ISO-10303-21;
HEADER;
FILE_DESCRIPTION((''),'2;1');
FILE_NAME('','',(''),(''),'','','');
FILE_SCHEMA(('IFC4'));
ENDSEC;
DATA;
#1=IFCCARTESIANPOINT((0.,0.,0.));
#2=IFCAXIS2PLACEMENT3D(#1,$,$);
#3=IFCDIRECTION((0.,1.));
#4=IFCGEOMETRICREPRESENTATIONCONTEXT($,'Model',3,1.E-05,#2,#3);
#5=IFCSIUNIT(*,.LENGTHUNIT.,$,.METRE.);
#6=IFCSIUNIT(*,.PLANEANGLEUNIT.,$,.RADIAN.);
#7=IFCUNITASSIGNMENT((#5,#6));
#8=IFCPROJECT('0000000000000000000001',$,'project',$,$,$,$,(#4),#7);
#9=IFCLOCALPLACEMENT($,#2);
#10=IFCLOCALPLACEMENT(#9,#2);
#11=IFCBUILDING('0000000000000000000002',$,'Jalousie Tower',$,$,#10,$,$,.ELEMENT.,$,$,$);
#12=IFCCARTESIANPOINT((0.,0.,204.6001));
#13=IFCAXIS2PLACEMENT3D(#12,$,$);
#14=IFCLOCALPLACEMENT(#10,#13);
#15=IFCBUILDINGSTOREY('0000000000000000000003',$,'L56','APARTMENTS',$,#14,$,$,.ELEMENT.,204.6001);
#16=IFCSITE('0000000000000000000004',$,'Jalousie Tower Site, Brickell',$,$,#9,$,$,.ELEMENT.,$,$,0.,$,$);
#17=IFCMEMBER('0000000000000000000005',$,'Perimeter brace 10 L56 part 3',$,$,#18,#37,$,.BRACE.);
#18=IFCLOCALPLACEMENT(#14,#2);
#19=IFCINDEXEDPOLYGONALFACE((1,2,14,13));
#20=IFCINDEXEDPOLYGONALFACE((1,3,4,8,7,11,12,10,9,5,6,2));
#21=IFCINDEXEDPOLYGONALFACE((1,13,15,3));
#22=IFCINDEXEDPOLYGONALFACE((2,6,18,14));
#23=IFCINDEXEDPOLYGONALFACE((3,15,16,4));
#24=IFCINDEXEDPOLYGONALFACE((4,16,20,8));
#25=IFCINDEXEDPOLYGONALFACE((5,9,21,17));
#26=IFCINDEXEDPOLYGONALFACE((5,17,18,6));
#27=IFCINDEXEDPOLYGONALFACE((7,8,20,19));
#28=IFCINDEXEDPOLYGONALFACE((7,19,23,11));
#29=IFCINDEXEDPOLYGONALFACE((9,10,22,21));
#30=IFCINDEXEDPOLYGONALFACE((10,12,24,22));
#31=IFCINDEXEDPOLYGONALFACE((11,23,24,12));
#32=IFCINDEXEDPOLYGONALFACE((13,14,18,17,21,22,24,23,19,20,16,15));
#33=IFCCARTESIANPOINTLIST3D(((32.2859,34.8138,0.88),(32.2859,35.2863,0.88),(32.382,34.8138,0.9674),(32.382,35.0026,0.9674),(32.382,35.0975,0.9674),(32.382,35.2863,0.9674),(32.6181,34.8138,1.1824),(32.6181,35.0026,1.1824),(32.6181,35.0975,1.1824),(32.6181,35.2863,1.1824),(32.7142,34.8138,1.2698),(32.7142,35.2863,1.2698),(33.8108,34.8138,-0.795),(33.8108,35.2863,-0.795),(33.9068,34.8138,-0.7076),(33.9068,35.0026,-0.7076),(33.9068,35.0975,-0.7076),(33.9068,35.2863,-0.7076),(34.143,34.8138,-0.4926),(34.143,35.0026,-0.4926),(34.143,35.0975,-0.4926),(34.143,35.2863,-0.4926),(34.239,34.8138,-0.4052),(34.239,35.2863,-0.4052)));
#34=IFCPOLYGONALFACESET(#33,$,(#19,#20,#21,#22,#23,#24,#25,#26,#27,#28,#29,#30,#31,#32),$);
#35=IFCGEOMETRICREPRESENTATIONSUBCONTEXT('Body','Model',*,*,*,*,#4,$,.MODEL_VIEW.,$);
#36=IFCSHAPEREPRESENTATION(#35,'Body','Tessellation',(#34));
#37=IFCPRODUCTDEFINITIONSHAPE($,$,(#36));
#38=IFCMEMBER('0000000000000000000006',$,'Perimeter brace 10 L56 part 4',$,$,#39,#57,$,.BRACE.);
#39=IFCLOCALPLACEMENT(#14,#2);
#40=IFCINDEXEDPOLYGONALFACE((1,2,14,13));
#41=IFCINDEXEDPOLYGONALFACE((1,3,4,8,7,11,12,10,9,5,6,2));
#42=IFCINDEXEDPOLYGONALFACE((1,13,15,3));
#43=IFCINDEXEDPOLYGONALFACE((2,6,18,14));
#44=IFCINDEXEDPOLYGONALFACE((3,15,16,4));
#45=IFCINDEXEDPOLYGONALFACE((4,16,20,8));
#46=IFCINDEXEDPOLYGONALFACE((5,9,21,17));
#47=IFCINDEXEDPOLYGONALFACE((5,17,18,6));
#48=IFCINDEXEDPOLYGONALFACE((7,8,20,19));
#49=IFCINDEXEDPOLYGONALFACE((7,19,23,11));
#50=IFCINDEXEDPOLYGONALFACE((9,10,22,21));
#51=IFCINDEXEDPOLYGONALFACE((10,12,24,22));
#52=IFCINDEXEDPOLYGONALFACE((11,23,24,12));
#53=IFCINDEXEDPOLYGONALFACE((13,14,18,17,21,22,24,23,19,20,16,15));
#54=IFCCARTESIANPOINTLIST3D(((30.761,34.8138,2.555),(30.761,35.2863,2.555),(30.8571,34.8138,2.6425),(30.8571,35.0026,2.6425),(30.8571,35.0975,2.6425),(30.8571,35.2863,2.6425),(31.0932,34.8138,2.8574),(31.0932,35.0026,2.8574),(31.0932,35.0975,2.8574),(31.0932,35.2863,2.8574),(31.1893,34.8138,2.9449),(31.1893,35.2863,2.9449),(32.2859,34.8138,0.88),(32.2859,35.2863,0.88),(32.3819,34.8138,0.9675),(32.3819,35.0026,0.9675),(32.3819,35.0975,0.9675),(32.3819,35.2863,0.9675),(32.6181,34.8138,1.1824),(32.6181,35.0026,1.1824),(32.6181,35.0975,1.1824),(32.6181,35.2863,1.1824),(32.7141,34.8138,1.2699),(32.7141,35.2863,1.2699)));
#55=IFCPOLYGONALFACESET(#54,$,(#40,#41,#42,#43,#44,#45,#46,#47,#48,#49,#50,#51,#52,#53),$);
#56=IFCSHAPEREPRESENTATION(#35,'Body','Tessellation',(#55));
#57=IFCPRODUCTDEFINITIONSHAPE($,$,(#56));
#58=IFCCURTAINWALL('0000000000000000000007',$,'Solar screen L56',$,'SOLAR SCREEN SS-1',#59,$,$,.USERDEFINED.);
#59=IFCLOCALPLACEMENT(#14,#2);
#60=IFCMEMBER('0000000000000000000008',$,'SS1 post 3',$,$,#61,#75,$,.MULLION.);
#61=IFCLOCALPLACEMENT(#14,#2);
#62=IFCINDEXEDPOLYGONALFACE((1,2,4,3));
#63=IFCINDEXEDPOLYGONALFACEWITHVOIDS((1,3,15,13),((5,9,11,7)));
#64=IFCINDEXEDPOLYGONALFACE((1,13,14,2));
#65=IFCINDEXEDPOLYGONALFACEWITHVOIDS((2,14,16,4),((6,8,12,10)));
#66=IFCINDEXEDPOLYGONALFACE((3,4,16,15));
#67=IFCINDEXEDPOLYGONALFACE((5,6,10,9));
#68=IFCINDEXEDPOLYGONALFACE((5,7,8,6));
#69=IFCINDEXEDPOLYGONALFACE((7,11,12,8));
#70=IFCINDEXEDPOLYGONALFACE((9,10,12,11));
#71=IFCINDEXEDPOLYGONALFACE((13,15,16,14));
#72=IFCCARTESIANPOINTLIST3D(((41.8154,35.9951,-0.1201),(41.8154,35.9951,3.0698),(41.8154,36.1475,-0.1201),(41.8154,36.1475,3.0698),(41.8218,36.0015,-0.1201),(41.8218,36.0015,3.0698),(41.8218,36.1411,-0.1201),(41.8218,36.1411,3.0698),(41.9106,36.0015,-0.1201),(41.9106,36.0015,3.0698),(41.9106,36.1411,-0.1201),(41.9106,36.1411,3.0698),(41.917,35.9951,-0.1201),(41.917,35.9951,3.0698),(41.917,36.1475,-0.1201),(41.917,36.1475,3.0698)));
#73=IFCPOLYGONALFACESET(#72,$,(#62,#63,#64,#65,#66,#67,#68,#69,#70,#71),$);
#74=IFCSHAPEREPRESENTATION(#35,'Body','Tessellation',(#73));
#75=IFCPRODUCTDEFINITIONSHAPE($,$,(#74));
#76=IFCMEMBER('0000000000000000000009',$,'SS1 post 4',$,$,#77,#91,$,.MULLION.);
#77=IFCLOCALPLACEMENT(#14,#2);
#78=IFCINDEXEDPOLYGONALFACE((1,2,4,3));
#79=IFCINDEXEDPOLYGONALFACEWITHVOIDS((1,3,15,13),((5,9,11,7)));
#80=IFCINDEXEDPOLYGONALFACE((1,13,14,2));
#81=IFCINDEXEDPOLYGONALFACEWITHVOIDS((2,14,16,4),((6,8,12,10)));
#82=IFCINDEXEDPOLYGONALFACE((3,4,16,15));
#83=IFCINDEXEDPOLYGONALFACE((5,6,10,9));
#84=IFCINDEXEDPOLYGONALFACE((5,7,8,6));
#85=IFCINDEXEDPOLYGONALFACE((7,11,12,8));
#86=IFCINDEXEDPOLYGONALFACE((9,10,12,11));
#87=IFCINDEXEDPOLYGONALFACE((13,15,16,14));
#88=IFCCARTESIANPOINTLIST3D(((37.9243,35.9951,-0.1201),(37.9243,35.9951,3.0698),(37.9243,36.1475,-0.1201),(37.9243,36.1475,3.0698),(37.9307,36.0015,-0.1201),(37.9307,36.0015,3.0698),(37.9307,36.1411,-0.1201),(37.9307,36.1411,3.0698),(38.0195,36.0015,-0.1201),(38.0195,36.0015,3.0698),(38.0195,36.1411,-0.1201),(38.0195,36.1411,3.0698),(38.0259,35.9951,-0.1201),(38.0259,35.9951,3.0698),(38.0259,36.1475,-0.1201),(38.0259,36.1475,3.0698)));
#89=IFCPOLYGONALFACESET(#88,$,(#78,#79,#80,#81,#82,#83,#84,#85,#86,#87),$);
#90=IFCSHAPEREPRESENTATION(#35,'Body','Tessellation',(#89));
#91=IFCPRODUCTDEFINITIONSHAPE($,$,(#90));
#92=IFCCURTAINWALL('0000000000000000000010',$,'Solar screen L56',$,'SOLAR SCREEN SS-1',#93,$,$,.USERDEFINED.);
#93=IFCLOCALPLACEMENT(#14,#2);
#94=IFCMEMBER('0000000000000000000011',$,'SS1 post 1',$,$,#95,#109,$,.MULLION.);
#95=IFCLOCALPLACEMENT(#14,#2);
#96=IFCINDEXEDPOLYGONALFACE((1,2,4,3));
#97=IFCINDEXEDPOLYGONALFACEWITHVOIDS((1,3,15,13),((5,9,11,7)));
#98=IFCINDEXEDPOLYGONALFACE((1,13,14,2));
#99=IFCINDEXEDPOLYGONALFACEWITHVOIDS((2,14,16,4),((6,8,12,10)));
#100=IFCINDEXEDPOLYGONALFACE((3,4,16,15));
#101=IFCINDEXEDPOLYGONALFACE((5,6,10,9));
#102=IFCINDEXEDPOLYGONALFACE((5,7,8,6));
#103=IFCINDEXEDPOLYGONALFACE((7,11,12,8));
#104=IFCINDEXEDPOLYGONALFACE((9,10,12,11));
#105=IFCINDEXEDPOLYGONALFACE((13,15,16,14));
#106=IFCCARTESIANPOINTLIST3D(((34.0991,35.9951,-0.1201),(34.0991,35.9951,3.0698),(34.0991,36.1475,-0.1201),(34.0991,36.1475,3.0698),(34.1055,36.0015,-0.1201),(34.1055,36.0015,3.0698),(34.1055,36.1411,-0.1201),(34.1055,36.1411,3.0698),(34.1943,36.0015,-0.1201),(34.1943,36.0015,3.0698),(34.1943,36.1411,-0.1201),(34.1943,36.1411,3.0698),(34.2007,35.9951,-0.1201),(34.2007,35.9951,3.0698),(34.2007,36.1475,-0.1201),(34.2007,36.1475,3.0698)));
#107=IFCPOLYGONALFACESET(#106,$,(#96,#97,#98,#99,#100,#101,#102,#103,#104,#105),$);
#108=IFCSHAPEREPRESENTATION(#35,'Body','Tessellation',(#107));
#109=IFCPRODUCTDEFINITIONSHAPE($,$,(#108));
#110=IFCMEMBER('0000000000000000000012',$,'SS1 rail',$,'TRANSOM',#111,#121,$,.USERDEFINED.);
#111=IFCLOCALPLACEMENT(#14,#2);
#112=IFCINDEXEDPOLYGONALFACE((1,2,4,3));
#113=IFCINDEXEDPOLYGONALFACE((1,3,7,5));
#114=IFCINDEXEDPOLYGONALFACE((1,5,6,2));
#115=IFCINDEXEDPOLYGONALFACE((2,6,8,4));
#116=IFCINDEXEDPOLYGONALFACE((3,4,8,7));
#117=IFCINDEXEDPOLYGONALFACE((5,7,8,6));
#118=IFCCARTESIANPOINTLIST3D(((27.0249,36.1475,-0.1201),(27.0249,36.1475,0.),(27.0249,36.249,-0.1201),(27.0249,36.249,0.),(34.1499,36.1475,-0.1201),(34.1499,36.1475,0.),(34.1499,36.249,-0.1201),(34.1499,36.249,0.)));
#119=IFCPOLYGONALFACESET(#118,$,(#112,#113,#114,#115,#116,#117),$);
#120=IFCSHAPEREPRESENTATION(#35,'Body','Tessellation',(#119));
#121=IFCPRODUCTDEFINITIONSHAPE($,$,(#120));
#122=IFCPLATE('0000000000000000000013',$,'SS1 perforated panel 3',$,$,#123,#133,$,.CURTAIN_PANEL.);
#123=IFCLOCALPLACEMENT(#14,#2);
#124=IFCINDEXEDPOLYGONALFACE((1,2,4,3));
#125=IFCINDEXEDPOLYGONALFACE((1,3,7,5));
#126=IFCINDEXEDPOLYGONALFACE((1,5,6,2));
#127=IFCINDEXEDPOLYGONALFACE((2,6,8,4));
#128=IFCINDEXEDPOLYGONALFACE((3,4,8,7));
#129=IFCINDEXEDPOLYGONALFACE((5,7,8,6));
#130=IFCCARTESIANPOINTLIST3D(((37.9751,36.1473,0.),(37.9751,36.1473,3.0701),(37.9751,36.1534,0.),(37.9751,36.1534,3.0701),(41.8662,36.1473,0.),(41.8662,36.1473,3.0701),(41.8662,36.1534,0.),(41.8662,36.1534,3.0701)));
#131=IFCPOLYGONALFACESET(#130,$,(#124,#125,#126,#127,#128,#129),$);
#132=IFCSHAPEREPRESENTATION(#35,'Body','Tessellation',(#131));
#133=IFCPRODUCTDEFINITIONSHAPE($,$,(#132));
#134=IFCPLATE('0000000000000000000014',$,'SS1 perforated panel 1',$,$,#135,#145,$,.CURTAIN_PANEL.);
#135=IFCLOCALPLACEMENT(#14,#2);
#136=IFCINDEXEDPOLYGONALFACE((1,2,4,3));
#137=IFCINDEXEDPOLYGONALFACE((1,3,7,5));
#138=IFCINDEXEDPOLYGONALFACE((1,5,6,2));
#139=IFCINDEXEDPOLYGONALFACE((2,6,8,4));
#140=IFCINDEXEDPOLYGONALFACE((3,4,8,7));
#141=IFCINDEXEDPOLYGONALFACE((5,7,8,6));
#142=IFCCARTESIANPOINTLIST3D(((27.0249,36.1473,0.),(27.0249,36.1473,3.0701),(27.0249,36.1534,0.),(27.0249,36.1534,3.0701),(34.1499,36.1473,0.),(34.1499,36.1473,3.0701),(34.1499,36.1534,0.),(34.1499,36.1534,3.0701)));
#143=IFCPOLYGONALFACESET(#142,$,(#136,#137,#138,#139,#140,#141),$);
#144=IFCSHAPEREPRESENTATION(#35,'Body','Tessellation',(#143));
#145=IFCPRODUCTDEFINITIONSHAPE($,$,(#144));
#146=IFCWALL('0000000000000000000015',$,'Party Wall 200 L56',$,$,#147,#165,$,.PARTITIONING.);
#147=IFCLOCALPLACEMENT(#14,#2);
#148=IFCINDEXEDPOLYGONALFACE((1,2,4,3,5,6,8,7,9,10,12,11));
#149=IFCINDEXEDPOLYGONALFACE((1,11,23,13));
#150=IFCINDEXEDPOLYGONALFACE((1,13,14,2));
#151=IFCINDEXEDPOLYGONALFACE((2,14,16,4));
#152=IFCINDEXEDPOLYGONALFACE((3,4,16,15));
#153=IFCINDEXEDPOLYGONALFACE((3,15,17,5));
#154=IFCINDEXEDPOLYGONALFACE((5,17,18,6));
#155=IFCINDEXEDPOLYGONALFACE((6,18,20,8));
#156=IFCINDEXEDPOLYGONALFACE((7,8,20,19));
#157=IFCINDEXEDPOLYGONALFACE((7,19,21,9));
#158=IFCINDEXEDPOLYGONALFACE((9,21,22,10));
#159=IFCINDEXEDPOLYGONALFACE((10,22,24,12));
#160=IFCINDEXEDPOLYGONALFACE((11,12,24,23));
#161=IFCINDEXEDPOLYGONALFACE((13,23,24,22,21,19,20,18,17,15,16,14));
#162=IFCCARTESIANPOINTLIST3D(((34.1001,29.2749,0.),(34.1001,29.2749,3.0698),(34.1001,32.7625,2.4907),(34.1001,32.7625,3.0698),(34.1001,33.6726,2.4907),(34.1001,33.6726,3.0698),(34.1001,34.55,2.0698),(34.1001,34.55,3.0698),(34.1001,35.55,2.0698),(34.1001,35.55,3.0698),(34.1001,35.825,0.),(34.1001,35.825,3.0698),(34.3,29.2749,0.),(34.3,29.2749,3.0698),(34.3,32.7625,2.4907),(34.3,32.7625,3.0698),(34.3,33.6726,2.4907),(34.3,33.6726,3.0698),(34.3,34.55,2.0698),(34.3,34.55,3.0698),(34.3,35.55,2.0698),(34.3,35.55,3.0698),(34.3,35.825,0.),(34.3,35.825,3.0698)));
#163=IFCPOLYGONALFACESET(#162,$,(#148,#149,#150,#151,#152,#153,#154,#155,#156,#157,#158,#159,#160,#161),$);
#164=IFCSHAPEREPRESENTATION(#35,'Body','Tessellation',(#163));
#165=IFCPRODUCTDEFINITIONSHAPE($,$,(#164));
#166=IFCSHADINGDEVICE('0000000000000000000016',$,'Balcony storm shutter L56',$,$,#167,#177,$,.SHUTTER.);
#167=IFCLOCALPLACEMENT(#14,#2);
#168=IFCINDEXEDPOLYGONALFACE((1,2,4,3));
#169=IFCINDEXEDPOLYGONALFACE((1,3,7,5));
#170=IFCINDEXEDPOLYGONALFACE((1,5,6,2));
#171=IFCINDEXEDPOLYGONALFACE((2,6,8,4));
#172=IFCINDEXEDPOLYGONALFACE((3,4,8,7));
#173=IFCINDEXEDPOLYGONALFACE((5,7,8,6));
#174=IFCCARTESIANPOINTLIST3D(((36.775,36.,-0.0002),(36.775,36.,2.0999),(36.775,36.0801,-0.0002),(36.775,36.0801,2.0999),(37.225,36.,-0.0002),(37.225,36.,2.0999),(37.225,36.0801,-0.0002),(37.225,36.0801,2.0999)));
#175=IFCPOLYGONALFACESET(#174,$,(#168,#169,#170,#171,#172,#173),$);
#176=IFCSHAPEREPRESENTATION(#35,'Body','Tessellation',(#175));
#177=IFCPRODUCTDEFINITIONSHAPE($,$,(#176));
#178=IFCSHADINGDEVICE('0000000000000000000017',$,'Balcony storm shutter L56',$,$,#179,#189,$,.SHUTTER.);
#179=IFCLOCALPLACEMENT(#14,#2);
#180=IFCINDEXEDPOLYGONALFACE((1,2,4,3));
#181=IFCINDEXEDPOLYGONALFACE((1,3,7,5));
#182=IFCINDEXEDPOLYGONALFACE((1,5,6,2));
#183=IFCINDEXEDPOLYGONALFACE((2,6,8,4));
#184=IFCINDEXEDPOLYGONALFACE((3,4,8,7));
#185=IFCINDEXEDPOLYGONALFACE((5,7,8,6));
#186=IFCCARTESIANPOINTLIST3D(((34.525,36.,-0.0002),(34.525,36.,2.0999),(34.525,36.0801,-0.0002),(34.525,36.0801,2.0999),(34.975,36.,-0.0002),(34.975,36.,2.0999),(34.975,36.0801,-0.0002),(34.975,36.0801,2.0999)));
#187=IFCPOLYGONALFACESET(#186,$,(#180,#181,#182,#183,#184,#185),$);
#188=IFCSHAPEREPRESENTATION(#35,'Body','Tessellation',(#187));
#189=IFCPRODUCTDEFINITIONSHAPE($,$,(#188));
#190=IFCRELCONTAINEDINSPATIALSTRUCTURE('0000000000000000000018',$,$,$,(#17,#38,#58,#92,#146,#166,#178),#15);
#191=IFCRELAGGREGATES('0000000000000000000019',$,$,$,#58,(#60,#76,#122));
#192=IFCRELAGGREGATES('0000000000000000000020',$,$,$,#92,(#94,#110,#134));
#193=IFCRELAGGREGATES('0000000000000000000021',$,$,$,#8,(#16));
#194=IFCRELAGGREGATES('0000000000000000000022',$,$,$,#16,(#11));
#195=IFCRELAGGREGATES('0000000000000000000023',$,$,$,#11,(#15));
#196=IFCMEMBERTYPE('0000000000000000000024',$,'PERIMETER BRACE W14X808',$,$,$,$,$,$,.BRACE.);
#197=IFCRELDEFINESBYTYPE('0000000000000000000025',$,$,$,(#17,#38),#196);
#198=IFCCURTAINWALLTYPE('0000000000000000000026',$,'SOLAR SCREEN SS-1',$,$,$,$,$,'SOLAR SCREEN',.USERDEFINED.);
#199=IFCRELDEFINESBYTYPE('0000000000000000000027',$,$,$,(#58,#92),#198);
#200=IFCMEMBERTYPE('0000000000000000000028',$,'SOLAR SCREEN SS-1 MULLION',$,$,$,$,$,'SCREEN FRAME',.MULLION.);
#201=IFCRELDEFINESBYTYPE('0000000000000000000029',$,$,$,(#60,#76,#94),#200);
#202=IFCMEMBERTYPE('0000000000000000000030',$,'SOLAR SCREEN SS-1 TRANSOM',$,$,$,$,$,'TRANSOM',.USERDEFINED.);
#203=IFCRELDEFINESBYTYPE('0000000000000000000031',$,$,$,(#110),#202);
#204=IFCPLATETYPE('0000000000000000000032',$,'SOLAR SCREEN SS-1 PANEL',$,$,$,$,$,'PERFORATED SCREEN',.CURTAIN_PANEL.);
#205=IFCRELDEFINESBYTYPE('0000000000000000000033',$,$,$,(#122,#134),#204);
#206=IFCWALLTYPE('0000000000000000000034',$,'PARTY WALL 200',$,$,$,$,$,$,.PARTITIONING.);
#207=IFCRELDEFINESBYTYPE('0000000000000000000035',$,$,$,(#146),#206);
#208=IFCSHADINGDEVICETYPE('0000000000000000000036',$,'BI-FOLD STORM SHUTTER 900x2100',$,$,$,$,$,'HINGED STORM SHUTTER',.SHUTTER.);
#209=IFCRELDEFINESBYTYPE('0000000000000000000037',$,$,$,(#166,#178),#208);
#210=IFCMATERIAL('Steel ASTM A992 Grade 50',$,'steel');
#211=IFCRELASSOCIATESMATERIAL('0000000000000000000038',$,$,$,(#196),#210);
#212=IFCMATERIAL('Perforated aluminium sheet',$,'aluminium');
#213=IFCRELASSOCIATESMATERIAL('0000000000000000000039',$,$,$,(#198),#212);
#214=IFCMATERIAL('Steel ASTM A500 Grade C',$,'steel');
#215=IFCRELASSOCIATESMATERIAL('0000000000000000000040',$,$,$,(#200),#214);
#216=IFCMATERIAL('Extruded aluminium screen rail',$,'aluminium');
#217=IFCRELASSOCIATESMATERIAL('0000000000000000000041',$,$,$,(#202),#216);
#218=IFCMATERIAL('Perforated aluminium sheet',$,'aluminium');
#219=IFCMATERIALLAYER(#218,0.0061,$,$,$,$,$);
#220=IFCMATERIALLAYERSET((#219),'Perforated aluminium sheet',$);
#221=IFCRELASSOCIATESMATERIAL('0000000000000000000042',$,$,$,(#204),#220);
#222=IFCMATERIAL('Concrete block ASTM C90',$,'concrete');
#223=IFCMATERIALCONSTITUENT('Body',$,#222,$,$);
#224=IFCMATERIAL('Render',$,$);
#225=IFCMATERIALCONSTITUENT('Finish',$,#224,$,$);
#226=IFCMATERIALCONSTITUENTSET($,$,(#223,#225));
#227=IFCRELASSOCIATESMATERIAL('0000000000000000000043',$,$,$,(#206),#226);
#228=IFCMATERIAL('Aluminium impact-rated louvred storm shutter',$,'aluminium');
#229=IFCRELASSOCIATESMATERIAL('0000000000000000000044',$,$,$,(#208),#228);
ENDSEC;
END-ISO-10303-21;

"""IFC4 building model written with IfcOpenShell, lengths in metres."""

from ifc_helpers import new_model, si_unit, direction, frame, origin, origin_2d, place, context, subcontext, project, spatial, polyline, rectangle, hollow_rectangle, i_section, outline, extrude, material, layer, layer_set, constituent, constituent_set, material_profile, profile_set, type_object, element, aggregate, save


model = new_model("IFC4")

# Units and contexts
model_context = context("Model", 3, precision=1e-05, world=origin(), true_north=direction((0.0, 1.0)))
body_context = subcontext(model_context, "Body", "Model", "MODEL_VIEW")
ifc_project = project(units=[si_unit("LENGTHUNIT", "METRE"), si_unit("PLANEANGLEUNIT", "RADIAN")], contexts=[model_context])

# Site, building, storey
site_placement = place(None, origin())
site = spatial("IfcSite", under=ifc_project, at=site_placement, Name="Jalousie Tower Site, Brickell", CompositionType="ELEMENT", RefElevation=0.0)
building_placement = place(site_placement, origin())
building = spatial("IfcBuilding", under=site, at=building_placement, Name="Jalousie Tower", CompositionType="ELEMENT")
storey_placement = place(building_placement, frame((0.0, 0.0, 204.6001)))
storey = spatial("IfcBuildingStorey", under=building, at=storey_placement, Name="L56", Description="APARTMENTS", CompositionType="ELEMENT", Elevation=204.6001)

# Members
ifc_material_1 = material(Name="Steel ASTM A992 Grade 50", Category="steel")
ifc_material_profile_1 = material_profile(ifc_material_1, i_section(OverallWidth=0.4724, OverallDepth=0.5791, WebThickness=0.095, FlangeThickness=0.1299, at=origin_2d()), Name="W14X808")
ifc_profile_set_1 = profile_set([ifc_material_profile_1], Name="Steel ASTM A992 Grade 50")
member_type_1 = type_object("IfcMemberType", Name="PERIMETER BRACE W14X808", PredefinedType="BRACE", material=ifc_profile_set_1)
for number, where, z_axis, x_axis, name in (
    (1, (34.0249, 35.05, -0.6001), (-0.673188, 0.0, 0.739472), (0.0, -1.0, 0.0), "Perimeter brace 10 L56 part 3"),
    (2, (32.5, 35.05, 1.075), (-0.673188, 0.0, 0.739472), (0.0, -1.0, 0.0), "Perimeter brace 10 L56 part 4"),
):
    element("IfcMember", number, at=place(storey_placement, frame(where, z_axis=z_axis, x_axis=x_axis)), inside=storey, type_object=member_type_1, Name=name, PredefinedType="BRACE", context=body_context, shape_type="SweptSolid", body=[
        extrude(i_section(OverallWidth=0.4724, OverallDepth=0.5791, WebThickness=0.095, FlangeThickness=0.1299, at=origin_2d()), origin(), (0.0, 0.0, 1.0), 2.2651),
    ])

# Curtain walls, members
ifc_material_2 = material(Name="Perforated aluminium sheet", Category="aluminium")
curtain_wall_type = type_object("IfcCurtainWallType", Name="SOLAR SCREEN SS-1", ElementType="SOLAR SCREEN", PredefinedType="USERDEFINED", material=ifc_material_2)
curtain_wall_1_placement = place(storey_placement, origin())
curtain_wall_1 = element("IfcCurtainWall", 3, at=curtain_wall_1_placement, inside=storey, type_object=curtain_wall_type, Name="Solar screen L56", ObjectType="SOLAR SCREEN SS-1", PredefinedType="USERDEFINED")
ifc_material_3 = material(Name="Steel ASTM A500 Grade C", Category="steel")
ifc_material_profile_2 = material_profile(ifc_material_3, hollow_rectangle(XDim=0.1016, YDim=0.1523, WallThickness=0.0063, at=origin_2d()), Name="HSS6X4X1/4")
ifc_profile_set_2 = profile_set([ifc_material_profile_2], Name="Steel ASTM A500 Grade C")
member_type_2 = type_object("IfcMemberType", Name="SOLAR SCREEN SS-1 MULLION", ElementType="SCREEN FRAME", PredefinedType="MULLION", material=ifc_profile_set_2)
member_1_placement = place(storey_placement, frame((41.8662, 36.0713, -0.1201), z_axis=(0.0, 0.0, 1.0), x_axis=(-1.0, 0.0, 0.0)))
member_1 = element("IfcMember", 4, at=member_1_placement, type_object=member_type_2, Name="SS1 post 3", PredefinedType="MULLION", context=body_context, shape_type="SweptSolid", body=[
    extrude(hollow_rectangle(XDim=0.1016, YDim=0.1523, WallThickness=0.0063, at=origin_2d()), origin(), (0.0, 0.0, 1.0), 3.1899),
])
member_2_placement = place(storey_placement, frame((37.9751, 36.0713, -0.1201), z_axis=(0.0, 0.0, 1.0), x_axis=(-1.0, 0.0, 0.0)))
member_2 = element("IfcMember", 5, at=member_2_placement, type_object=member_type_2, Name="SS1 post 4", PredefinedType="MULLION", context=body_context, shape_type="SweptSolid", body=[
    extrude(hollow_rectangle(XDim=0.1016, YDim=0.1523, WallThickness=0.0063, at=origin_2d()), origin(), (0.0, 0.0, 1.0), 3.1899),
])
curtain_wall_2_placement = place(storey_placement, origin())
curtain_wall_2 = element("IfcCurtainWall", 6, at=curtain_wall_2_placement, inside=storey, type_object=curtain_wall_type, Name="Solar screen L56", ObjectType="SOLAR SCREEN SS-1", PredefinedType="USERDEFINED")
member_3_placement = place(storey_placement, frame((34.1499, 36.0713, -0.1201), z_axis=(0.0, 0.0, 1.0), x_axis=(-1.0, 0.0, 0.0)))
member_3 = element("IfcMember", 7, at=member_3_placement, type_object=member_type_2, Name="SS1 post 1", PredefinedType="MULLION", context=body_context, shape_type="SweptSolid", body=[
    extrude(hollow_rectangle(XDim=0.1016, YDim=0.1523, WallThickness=0.0063, at=origin_2d()), origin(), (0.0, 0.0, 1.0), 3.1899),
])
ifc_material_4 = material(Name="Extruded aluminium screen rail", Category="aluminium")
ifc_material_profile_3 = material_profile(ifc_material_4, rectangle(XDim=0.1016, YDim=0.1201, at=origin_2d()), Name="RAIL 102x120")
ifc_profile_set_3 = profile_set([ifc_material_profile_3], Name="Extruded aluminium screen rail")
member_type_3 = type_object("IfcMemberType", Name="SOLAR SCREEN SS-1 TRANSOM", ElementType="TRANSOM", PredefinedType="USERDEFINED", material=ifc_profile_set_3)
member_4_placement = place(storey_placement, frame((34.1499, 36.1982, -0.0601), z_axis=(-1.0, 0.0, 0.0), x_axis=(0.0, -1.0, 0.0)))
member_4 = element("IfcMember", 8, at=member_4_placement, type_object=member_type_3, Name="SS1 rail", ObjectType="TRANSOM", PredefinedType="USERDEFINED", context=body_context, shape_type="SweptSolid", body=[
    extrude(rectangle(XDim=0.1016, YDim=0.1201, at=origin_2d()), origin(), (0.0, 0.0, 1.0), 7.125),
])

# Plates
ifc_material_5 = material(Name="Perforated aluminium sheet", Category="aluminium")
ifc_layer_1 = layer(ifc_material_5, 0.0061)
ifc_layer_set_1 = layer_set([ifc_layer_1], Name="Perforated aluminium sheet")
plate_type = type_object("IfcPlateType", Name="SOLAR SCREEN SS-1 PANEL", ElementType="PERFORATED SCREEN", PredefinedType="CURTAIN_PANEL", material=ifc_layer_set_1)
plate_1_placement = place(storey_placement, frame((39.9207, 36.1504, 0.0), z_axis=(0.0, 0.0, 1.0), x_axis=(-1.0, 0.0, 0.0)))
plate_1 = element("IfcPlate", 9, at=plate_1_placement, type_object=plate_type, Name="SS1 perforated panel 3", PredefinedType="CURTAIN_PANEL", context=body_context, shape_type="SweptSolid", body=[
    extrude(rectangle(XDim=3.8911, YDim=0.0061, at=origin_2d()), origin(), (0.0, 0.0, 1.0), 3.0701),
])
aggregate(curtain_wall_1, [member_1, member_2, plate_1])
plate_2_placement = place(storey_placement, frame((30.5874, 36.1504, 0.0), z_axis=(0.0, 0.0, 1.0), x_axis=(-1.0, 0.0, 0.0)))
plate_2 = element("IfcPlate", 10, at=plate_2_placement, type_object=plate_type, Name="SS1 perforated panel 1", PredefinedType="CURTAIN_PANEL", context=body_context, shape_type="SweptSolid", body=[
    extrude(rectangle(XDim=7.125, YDim=0.0061, at=origin_2d()), origin(), (0.0, 0.0, 1.0), 3.0701),
])
aggregate(curtain_wall_2, [member_3, member_4, plate_2])

# Wall
ifc_material_6 = material(Name="Concrete block ASTM C90", Category="concrete")
ifc_constituent_1 = constituent(ifc_material_6, Name="Body")
ifc_material_7 = material(Name="Render")
ifc_constituent_2 = constituent(ifc_material_7, Name="Finish")
ifc_constituent_set = constituent_set(constituents=[ifc_constituent_1, ifc_constituent_2])
wall_type = type_object("IfcWallType", Name="PARTY WALL 200", PredefinedType="PARTITIONING", material=ifc_constituent_set)
wall_placement = place(storey_placement, frame((34.2, 35.825, 0.0), z_axis=(0.0, 0.0, 1.0), x_axis=(0.0, -1.0, 0.0)))
element("IfcWall", 11, at=wall_placement, inside=storey, type_object=wall_type, Name="Party Wall 200 L56", PredefinedType="PARTITIONING", context=body_context, shape_type="SweptSolid", body=[
    extrude(outline(polyline([(0.0, 0.0), (6.55, 0.0), (6.55, 3.0698), (3.0625, 3.0698), (3.0625, 2.4907), (2.1523, 2.4907), (2.1523, 3.0698), (1.2749, 3.0698), (1.2749, 2.0698), (0.2749, 2.0698), (0.2749, 3.0698), (0.0, 3.0698), (0.0, 0.0)])), frame((0.0, 0.1001, 0.0), z_axis=(0.0, -1.0, 0.0), x_axis=(1.0, 0.0, 0.0)), (0.0, 0.0, 1.0), 0.2),
])

# Shading devices
ifc_material_8 = material(Name="Aluminium impact-rated louvred storm shutter", Category="aluminium")
shading_device_type_1 = type_object("IfcShadingDeviceType", Name="BI-FOLD STORM SHUTTER 900x2100", ElementType="HINGED STORM SHUTTER", PredefinedType="SHUTTER", material=ifc_material_8)
for number, where, z_axis, x_axis, name in (
    (12, (37.0, 36.04, -0.0002), (0.0, 0.0, 1.0), (-1.0, 0.0, 0.0), "Balcony storm shutter L56"),
    (13, (34.75, 36.04, -0.0002), (0.0, 0.0, 1.0), (-1.0, 0.0, 0.0), "Balcony storm shutter L56"),
):
    element("IfcShadingDevice", number, at=place(storey_placement, frame(where, z_axis=z_axis, x_axis=x_axis)), inside=storey, type_object=shading_device_type_1, Name=name, PredefinedType="SHUTTER", context=body_context, shape_type="SweptSolid", body=[
        extrude(rectangle(XDim=0.45, YDim=0.0801, at=origin_2d()), origin(), (0.0, 0.0, 1.0), 2.1001),
    ])

save(model, "model.ifc")
